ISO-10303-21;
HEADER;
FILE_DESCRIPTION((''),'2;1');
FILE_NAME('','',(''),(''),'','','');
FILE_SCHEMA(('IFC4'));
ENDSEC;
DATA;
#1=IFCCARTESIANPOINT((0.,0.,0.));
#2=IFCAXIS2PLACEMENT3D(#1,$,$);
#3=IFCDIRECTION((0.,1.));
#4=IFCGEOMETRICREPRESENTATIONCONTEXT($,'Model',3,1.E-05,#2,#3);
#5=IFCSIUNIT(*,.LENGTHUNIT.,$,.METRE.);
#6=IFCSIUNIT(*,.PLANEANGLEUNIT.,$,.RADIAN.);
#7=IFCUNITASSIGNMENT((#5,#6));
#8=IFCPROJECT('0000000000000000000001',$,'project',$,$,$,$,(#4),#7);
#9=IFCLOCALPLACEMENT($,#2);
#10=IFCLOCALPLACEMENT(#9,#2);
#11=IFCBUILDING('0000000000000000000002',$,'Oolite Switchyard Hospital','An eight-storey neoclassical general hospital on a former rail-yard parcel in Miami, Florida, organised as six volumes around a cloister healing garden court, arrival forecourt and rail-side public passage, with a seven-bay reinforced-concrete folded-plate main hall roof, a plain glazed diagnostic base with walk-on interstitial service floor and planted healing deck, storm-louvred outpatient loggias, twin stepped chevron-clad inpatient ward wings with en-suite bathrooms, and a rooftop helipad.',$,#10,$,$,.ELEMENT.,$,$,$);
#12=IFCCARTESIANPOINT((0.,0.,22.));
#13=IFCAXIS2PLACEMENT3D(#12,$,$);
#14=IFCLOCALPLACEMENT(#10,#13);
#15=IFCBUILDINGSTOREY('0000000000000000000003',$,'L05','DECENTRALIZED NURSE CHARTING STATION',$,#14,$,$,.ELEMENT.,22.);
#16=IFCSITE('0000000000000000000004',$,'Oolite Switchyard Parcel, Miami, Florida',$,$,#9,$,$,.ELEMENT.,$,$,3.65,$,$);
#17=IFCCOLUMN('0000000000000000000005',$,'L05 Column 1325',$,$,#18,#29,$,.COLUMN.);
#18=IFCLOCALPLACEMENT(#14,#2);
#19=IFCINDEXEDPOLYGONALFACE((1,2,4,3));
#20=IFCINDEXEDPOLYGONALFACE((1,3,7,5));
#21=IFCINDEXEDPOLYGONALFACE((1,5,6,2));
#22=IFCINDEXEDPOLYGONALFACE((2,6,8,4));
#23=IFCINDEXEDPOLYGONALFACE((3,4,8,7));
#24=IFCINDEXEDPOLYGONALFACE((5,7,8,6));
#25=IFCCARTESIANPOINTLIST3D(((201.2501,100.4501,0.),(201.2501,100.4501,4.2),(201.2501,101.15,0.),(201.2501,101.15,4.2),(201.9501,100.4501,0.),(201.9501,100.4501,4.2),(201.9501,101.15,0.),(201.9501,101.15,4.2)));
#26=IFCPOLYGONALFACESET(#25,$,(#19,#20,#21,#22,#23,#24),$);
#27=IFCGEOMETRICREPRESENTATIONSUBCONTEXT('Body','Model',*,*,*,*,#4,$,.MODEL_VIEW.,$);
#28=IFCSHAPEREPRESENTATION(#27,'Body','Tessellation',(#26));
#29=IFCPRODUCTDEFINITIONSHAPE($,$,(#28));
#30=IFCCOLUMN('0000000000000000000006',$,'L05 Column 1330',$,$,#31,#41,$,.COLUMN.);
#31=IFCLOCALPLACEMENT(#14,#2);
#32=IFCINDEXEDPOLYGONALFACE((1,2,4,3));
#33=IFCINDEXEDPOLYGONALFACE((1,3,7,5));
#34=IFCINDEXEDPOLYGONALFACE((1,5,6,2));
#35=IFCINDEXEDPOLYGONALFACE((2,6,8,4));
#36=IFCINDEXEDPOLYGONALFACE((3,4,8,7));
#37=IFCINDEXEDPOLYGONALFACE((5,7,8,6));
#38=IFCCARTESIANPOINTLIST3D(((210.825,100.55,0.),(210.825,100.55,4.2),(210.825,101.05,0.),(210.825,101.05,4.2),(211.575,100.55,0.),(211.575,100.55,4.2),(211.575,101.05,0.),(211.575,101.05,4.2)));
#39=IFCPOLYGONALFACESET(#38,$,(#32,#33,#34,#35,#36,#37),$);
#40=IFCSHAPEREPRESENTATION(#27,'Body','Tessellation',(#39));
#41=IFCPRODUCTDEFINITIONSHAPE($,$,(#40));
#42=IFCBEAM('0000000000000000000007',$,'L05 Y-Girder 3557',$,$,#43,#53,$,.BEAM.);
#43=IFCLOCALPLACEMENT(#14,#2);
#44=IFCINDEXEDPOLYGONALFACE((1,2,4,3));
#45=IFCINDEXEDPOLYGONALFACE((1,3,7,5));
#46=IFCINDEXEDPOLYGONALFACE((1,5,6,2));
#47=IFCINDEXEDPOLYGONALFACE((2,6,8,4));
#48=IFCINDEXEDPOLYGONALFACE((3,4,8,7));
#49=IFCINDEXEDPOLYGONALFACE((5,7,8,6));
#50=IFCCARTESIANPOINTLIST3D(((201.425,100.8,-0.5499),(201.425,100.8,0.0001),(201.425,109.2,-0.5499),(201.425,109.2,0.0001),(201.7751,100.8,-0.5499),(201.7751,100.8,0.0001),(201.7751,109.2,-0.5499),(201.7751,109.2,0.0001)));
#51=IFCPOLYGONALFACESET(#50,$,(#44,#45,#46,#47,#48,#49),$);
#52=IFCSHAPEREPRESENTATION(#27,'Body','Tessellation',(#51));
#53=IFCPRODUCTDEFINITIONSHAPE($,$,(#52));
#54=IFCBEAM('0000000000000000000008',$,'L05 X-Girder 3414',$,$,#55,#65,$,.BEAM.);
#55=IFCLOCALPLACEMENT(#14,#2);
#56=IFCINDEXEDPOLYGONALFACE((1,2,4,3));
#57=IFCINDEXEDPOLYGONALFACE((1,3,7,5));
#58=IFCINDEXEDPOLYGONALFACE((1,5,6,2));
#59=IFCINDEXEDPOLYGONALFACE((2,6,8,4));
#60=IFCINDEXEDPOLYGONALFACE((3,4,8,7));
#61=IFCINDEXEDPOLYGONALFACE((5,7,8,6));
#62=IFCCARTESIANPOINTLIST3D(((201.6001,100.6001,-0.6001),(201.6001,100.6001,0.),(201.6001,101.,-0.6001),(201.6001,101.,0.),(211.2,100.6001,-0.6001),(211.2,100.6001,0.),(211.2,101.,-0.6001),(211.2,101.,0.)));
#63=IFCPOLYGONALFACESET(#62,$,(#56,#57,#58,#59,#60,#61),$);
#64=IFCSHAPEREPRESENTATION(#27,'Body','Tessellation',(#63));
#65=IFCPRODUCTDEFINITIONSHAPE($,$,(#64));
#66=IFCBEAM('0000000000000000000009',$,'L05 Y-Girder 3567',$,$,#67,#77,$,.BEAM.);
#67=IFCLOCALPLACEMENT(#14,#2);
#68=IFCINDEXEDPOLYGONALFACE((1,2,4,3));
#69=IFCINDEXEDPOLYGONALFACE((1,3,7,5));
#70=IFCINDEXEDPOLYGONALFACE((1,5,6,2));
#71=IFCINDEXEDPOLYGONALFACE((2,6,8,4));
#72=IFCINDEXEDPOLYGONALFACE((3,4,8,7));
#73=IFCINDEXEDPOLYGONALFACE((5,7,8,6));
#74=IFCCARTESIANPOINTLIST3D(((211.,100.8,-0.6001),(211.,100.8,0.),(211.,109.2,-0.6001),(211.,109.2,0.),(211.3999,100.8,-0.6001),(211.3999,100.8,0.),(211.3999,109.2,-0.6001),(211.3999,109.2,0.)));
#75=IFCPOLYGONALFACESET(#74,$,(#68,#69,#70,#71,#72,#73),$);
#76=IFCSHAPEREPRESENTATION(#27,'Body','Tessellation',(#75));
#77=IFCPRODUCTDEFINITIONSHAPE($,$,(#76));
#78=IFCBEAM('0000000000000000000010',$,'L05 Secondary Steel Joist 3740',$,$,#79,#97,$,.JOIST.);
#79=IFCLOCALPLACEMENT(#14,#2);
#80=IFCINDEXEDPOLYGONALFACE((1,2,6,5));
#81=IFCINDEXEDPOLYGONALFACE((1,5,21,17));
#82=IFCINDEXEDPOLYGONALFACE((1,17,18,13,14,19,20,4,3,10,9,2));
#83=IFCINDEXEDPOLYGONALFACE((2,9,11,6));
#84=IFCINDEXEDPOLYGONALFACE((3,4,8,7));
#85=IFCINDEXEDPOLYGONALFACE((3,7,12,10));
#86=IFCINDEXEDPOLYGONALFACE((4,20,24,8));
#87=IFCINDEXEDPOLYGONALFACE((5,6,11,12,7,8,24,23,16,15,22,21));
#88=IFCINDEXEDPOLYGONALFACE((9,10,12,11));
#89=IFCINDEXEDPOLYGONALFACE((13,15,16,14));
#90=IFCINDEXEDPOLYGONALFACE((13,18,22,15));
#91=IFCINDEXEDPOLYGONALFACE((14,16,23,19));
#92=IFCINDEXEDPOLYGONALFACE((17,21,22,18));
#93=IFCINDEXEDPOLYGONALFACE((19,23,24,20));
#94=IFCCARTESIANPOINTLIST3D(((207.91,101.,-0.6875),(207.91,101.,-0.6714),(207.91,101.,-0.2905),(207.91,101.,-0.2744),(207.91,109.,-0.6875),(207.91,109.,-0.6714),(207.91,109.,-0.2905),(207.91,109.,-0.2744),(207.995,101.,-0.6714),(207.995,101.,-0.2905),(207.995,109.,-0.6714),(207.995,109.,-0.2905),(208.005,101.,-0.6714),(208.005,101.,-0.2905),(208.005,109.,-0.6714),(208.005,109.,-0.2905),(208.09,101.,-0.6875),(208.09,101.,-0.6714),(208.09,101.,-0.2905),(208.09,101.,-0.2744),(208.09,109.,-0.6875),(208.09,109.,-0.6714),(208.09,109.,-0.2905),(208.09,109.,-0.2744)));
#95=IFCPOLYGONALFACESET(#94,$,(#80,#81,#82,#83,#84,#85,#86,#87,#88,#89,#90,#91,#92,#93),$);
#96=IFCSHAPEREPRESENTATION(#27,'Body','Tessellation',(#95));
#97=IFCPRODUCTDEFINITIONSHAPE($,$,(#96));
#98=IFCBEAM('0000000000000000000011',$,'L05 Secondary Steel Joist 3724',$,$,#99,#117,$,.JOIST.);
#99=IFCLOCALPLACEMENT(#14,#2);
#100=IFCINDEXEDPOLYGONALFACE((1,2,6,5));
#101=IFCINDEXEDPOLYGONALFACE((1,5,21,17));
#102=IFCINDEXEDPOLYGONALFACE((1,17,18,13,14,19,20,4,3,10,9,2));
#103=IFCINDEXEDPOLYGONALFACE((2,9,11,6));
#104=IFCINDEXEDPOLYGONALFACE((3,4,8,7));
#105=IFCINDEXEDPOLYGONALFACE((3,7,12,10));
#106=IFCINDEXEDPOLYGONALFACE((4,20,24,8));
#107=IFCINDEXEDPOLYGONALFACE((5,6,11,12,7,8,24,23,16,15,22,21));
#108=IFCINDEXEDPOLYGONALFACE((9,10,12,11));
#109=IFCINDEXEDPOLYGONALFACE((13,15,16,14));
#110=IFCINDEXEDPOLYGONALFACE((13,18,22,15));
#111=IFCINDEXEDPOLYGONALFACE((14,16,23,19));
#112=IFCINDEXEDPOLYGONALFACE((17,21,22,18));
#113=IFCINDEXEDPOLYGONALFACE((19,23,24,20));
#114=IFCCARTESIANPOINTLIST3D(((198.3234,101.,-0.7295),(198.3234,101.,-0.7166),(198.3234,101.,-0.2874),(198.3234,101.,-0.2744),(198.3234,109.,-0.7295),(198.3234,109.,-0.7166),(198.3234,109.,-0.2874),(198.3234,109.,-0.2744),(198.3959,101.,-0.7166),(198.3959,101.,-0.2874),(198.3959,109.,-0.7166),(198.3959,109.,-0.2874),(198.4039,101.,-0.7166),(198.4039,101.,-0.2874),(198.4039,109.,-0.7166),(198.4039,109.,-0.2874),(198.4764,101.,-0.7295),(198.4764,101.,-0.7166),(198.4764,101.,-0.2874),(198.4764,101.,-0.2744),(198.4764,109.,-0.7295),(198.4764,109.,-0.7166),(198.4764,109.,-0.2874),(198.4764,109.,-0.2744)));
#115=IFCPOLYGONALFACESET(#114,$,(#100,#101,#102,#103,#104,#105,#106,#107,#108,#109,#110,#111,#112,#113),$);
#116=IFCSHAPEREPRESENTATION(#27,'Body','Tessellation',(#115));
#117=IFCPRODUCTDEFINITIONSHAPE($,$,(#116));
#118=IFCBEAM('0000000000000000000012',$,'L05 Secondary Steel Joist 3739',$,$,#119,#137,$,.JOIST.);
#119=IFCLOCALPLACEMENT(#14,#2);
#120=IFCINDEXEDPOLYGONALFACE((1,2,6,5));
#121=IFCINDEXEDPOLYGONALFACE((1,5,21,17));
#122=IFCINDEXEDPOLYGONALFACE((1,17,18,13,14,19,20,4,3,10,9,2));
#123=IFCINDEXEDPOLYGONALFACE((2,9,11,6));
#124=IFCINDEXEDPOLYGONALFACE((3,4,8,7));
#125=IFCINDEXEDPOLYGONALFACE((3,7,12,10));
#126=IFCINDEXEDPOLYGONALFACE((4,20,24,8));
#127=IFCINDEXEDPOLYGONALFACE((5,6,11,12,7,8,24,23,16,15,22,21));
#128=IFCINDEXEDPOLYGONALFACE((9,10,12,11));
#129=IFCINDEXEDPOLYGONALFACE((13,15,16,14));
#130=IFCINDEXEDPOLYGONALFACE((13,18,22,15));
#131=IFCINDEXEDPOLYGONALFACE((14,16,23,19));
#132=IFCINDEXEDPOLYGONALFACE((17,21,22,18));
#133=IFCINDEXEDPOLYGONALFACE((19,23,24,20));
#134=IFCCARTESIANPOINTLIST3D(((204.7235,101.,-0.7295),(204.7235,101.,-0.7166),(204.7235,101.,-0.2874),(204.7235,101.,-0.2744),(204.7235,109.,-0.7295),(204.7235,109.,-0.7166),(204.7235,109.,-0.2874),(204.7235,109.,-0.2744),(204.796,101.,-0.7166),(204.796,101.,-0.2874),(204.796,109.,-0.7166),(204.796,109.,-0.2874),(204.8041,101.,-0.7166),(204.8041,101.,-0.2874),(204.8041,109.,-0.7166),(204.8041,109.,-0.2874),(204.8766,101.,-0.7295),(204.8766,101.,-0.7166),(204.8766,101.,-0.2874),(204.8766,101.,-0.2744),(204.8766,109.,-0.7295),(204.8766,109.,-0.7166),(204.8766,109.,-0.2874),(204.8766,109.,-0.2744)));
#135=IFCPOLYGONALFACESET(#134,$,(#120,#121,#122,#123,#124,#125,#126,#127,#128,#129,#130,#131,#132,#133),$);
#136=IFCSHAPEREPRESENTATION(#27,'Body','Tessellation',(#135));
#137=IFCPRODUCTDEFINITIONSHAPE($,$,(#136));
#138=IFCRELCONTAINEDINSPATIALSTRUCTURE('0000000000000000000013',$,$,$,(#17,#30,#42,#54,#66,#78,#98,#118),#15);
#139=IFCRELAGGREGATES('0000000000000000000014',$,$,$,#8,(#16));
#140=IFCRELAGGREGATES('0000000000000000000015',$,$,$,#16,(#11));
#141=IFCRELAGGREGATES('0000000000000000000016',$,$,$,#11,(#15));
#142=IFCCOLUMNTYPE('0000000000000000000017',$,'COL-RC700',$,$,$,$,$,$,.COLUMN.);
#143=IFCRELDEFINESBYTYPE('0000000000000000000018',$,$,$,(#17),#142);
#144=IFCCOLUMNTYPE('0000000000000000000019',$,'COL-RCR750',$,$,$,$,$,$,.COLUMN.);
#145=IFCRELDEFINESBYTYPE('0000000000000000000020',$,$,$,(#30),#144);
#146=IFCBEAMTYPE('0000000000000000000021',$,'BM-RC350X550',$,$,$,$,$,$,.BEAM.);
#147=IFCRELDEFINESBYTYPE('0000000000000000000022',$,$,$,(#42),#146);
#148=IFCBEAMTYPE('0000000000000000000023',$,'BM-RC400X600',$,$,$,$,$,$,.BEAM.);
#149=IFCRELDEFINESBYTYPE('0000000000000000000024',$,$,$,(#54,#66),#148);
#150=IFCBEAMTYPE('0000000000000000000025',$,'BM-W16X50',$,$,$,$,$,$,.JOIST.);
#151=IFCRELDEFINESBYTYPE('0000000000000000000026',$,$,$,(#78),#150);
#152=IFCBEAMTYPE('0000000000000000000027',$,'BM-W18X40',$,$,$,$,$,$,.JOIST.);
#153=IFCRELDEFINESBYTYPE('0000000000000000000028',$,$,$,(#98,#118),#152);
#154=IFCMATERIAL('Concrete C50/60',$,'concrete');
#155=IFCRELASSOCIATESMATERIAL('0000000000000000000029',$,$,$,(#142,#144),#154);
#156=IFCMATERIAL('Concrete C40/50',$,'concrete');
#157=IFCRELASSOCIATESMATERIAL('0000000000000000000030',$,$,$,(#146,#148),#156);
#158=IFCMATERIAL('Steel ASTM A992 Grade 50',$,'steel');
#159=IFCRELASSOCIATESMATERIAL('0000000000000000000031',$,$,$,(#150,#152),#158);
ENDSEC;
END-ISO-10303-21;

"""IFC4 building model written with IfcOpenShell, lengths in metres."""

from ifc_helpers import new_model, si_unit, direction, frame, origin, origin_2d, place, context, subcontext, project, spatial, rectangle, i_section, extrude, material, material_profile, profile_set, type_object, element, save


model = new_model("IFC4")

# Units and contexts
model_context = context("Model", 3, precision=1e-05, world=origin(), true_north=direction((0.0, 1.0)))
body_context = subcontext(model_context, "Body", "Model", "MODEL_VIEW")
ifc_project = project(units=[si_unit("LENGTHUNIT", "METRE"), si_unit("PLANEANGLEUNIT", "RADIAN")], contexts=[model_context])

# Site, building, storey
site_placement = place(None, origin())
site = spatial("IfcSite", under=ifc_project, at=site_placement, Name="Oolite Switchyard Parcel, Miami, Florida", CompositionType="ELEMENT", RefElevation=3.65)
building_placement = place(site_placement, origin())
building = spatial("IfcBuilding", under=site, at=building_placement, Name="Oolite Switchyard Hospital", Description="An eight-storey neoclassical general hospital on a former rail-yard parcel in Miami, Florida, organised as six volumes around a cloister healing garden court, arrival forecourt and rail-side public passage, with a seven-bay reinforced-concrete folded-plate main hall roof, a plain glazed diagnostic base with walk-on interstitial service floor and planted healing deck, storm-louvred outpatient loggias, twin stepped chevron-clad inpatient ward wings with en-suite bathrooms, and a rooftop helipad.", CompositionType="ELEMENT")
storey_placement = place(building_placement, frame((0.0, 0.0, 22.0)))
storey = spatial("IfcBuildingStorey", under=building, at=storey_placement, Name="L05", Description="DECENTRALIZED NURSE CHARTING STATION", CompositionType="ELEMENT", Elevation=22.0)

# Columns
ifc_material_1 = material(Name="Concrete C50/60", Category="concrete")
ifc_material_profile_1 = material_profile(ifc_material_1, rectangle(XDim=0.7, YDim=0.7, at=origin_2d()), Name="RC700X700")
ifc_profile_set_1 = profile_set([ifc_material_profile_1], Name="Concrete C50/60")
column_type_1 = type_object("IfcColumnType", Name="COL-RC700", PredefinedType="COLUMN", material=ifc_profile_set_1)
column_1_placement = place(storey_placement, frame((201.6001, 100.8, 0.0), z_axis=(0.0, 0.0, 1.0), x_axis=(1.0, 0.0, 0.0)))
element("IfcColumn", 1, at=column_1_placement, inside=storey, type_object=column_type_1, Name="L05 Column 1325", PredefinedType="COLUMN", context=body_context, shape_type="SweptSolid", body=[
    extrude(rectangle(XDim=0.7, YDim=0.7, at=origin_2d()), origin(), (0.0, 0.0, 1.0), 4.2),
])
ifc_material_profile_2 = material_profile(ifc_material_1, rectangle(XDim=0.75, YDim=0.5, at=origin_2d()), Name="RC750X500")
ifc_profile_set_2 = profile_set([ifc_material_profile_2], Name="Concrete C50/60")
column_type_2 = type_object("IfcColumnType", Name="COL-RCR750", PredefinedType="COLUMN", material=ifc_profile_set_2)
column_2_placement = place(storey_placement, frame((211.2, 100.8, 0.0), z_axis=(0.0, 0.0, 1.0), x_axis=(1.0, 0.0, 0.0)))
element("IfcColumn", 2, at=column_2_placement, inside=storey, type_object=column_type_2, Name="L05 Column 1330", PredefinedType="COLUMN", context=body_context, shape_type="SweptSolid", body=[
    extrude(rectangle(XDim=0.75, YDim=0.5, at=origin_2d()), origin(), (0.0, 0.0, 1.0), 4.2),
])

# Beams
ifc_material_2 = material(Name="Concrete C40/50", Category="concrete")
ifc_material_profile_3 = material_profile(ifc_material_2, rectangle(XDim=0.3501, YDim=0.55, at=origin_2d()), Name="RCB350X550")
ifc_profile_set_3 = profile_set([ifc_material_profile_3], Name="Concrete C40/50")
beam_type_1 = type_object("IfcBeamType", Name="BM-RC350X550", PredefinedType="BEAM", material=ifc_profile_set_3)
beam_1_placement = place(storey_placement, frame((201.6001, 100.8, -0.2749), z_axis=(0.0, 1.0, 0.0), x_axis=(-1.0, 0.0, 0.0)))
element("IfcBeam", 3, at=beam_1_placement, inside=storey, type_object=beam_type_1, Name="L05 Y-Girder 3557", PredefinedType="BEAM", context=body_context, shape_type="SweptSolid", body=[
    extrude(rectangle(XDim=0.3501, YDim=0.55, at=origin_2d()), origin(), (0.0, 0.0, 1.0), 8.3999),
])
ifc_material_profile_4 = material_profile(ifc_material_2, rectangle(XDim=0.3999, YDim=0.6001, at=origin_2d()), Name="RCB400X600")
ifc_profile_set_4 = profile_set([ifc_material_profile_4], Name="Concrete C40/50")
beam_type_2 = type_object("IfcBeamType", Name="BM-RC400X600", PredefinedType="BEAM", material=ifc_profile_set_4)
beam_2_placement = place(storey_placement, frame((201.6001, 100.8, -0.3), z_axis=(1.0, 0.0, 0.0), x_axis=(0.0, 1.0, 0.0)))
element("IfcBeam", 4, at=beam_2_placement, inside=storey, type_object=beam_type_2, Name="L05 X-Girder 3414", PredefinedType="BEAM", context=body_context, shape_type="SweptSolid", body=[
    extrude(rectangle(XDim=0.3999, YDim=0.6001, at=origin_2d()), origin(), (0.0, 0.0, 1.0), 9.5999),
])
beam_3_placement = place(storey_placement, frame((211.2, 100.8, -0.3), z_axis=(0.0, 1.0, 0.0), x_axis=(-1.0, 0.0, 0.0)))
element("IfcBeam", 5, at=beam_3_placement, inside=storey, type_object=beam_type_2, Name="L05 Y-Girder 3567", PredefinedType="BEAM", context=body_context, shape_type="SweptSolid", body=[
    extrude(rectangle(XDim=0.3999, YDim=0.6001, at=origin_2d()), origin(), (0.0, 0.0, 1.0), 8.3999),
])
ifc_material_3 = material(Name="Steel ASTM A992 Grade 50", Category="steel")
ifc_material_profile_5 = material_profile(ifc_material_3, i_section(OverallWidth=0.1799, OverallDepth=0.4131, WebThickness=0.01, FlangeThickness=0.0161, at=origin_2d()), Name="W16X50")
ifc_profile_set_5 = profile_set([ifc_material_profile_5], Name="Steel ASTM A992 Grade 50")
beam_type_3 = type_object("IfcBeamType", Name="BM-W16X50", PredefinedType="JOIST", material=ifc_profile_set_5)
beam_4_placement = place(storey_placement, frame((208.0, 101.0, -0.481), z_axis=(0.0, 1.0, 0.0), x_axis=(-1.0, 0.0, 0.0)))
element("IfcBeam", 6, at=beam_4_placement, inside=storey, type_object=beam_type_3, Name="L05 Secondary Steel Joist 3740", PredefinedType="JOIST", context=body_context, shape_type="SweptSolid", body=[
    extrude(i_section(OverallWidth=0.1799, OverallDepth=0.4131, WebThickness=0.01, FlangeThickness=0.0161, at=origin_2d()), origin(), (0.0, 0.0, 1.0), 8.0),
])
ifc_material_profile_6 = material_profile(ifc_material_3, i_section(OverallWidth=0.1531, OverallDepth=0.4551, WebThickness=0.0081, FlangeThickness=0.0129, at=origin_2d()), Name="W18X40")
ifc_profile_set_6 = profile_set([ifc_material_profile_6], Name="Steel ASTM A992 Grade 50")
beam_type_4 = type_object("IfcBeamType", Name="BM-W18X40", PredefinedType="JOIST", material=ifc_profile_set_6)
for number, where, z_axis, x_axis, name in (
    (7, (198.3999, 101.0, -0.502), (0.0, 1.0, 0.0), (-1.0, 0.0, 0.0), "L05 Secondary Steel Joist 3724"),
    (8, (204.8, 101.0, -0.502), (0.0, 1.0, 0.0), (-1.0, 0.0, 0.0), "L05 Secondary Steel Joist 3739"),
):
    element("IfcBeam", number, at=place(storey_placement, frame(where, z_axis=z_axis, x_axis=x_axis)), inside=storey, type_object=beam_type_4, Name=name, PredefinedType="JOIST", context=body_context, shape_type="SweptSolid", body=[
        extrude(i_section(OverallWidth=0.1531, OverallDepth=0.4551, WebThickness=0.0081, FlangeThickness=0.0129, at=origin_2d()), origin(), (0.0, 0.0, 1.0), 8.0),
    ])

save(model, "model.ifc")
